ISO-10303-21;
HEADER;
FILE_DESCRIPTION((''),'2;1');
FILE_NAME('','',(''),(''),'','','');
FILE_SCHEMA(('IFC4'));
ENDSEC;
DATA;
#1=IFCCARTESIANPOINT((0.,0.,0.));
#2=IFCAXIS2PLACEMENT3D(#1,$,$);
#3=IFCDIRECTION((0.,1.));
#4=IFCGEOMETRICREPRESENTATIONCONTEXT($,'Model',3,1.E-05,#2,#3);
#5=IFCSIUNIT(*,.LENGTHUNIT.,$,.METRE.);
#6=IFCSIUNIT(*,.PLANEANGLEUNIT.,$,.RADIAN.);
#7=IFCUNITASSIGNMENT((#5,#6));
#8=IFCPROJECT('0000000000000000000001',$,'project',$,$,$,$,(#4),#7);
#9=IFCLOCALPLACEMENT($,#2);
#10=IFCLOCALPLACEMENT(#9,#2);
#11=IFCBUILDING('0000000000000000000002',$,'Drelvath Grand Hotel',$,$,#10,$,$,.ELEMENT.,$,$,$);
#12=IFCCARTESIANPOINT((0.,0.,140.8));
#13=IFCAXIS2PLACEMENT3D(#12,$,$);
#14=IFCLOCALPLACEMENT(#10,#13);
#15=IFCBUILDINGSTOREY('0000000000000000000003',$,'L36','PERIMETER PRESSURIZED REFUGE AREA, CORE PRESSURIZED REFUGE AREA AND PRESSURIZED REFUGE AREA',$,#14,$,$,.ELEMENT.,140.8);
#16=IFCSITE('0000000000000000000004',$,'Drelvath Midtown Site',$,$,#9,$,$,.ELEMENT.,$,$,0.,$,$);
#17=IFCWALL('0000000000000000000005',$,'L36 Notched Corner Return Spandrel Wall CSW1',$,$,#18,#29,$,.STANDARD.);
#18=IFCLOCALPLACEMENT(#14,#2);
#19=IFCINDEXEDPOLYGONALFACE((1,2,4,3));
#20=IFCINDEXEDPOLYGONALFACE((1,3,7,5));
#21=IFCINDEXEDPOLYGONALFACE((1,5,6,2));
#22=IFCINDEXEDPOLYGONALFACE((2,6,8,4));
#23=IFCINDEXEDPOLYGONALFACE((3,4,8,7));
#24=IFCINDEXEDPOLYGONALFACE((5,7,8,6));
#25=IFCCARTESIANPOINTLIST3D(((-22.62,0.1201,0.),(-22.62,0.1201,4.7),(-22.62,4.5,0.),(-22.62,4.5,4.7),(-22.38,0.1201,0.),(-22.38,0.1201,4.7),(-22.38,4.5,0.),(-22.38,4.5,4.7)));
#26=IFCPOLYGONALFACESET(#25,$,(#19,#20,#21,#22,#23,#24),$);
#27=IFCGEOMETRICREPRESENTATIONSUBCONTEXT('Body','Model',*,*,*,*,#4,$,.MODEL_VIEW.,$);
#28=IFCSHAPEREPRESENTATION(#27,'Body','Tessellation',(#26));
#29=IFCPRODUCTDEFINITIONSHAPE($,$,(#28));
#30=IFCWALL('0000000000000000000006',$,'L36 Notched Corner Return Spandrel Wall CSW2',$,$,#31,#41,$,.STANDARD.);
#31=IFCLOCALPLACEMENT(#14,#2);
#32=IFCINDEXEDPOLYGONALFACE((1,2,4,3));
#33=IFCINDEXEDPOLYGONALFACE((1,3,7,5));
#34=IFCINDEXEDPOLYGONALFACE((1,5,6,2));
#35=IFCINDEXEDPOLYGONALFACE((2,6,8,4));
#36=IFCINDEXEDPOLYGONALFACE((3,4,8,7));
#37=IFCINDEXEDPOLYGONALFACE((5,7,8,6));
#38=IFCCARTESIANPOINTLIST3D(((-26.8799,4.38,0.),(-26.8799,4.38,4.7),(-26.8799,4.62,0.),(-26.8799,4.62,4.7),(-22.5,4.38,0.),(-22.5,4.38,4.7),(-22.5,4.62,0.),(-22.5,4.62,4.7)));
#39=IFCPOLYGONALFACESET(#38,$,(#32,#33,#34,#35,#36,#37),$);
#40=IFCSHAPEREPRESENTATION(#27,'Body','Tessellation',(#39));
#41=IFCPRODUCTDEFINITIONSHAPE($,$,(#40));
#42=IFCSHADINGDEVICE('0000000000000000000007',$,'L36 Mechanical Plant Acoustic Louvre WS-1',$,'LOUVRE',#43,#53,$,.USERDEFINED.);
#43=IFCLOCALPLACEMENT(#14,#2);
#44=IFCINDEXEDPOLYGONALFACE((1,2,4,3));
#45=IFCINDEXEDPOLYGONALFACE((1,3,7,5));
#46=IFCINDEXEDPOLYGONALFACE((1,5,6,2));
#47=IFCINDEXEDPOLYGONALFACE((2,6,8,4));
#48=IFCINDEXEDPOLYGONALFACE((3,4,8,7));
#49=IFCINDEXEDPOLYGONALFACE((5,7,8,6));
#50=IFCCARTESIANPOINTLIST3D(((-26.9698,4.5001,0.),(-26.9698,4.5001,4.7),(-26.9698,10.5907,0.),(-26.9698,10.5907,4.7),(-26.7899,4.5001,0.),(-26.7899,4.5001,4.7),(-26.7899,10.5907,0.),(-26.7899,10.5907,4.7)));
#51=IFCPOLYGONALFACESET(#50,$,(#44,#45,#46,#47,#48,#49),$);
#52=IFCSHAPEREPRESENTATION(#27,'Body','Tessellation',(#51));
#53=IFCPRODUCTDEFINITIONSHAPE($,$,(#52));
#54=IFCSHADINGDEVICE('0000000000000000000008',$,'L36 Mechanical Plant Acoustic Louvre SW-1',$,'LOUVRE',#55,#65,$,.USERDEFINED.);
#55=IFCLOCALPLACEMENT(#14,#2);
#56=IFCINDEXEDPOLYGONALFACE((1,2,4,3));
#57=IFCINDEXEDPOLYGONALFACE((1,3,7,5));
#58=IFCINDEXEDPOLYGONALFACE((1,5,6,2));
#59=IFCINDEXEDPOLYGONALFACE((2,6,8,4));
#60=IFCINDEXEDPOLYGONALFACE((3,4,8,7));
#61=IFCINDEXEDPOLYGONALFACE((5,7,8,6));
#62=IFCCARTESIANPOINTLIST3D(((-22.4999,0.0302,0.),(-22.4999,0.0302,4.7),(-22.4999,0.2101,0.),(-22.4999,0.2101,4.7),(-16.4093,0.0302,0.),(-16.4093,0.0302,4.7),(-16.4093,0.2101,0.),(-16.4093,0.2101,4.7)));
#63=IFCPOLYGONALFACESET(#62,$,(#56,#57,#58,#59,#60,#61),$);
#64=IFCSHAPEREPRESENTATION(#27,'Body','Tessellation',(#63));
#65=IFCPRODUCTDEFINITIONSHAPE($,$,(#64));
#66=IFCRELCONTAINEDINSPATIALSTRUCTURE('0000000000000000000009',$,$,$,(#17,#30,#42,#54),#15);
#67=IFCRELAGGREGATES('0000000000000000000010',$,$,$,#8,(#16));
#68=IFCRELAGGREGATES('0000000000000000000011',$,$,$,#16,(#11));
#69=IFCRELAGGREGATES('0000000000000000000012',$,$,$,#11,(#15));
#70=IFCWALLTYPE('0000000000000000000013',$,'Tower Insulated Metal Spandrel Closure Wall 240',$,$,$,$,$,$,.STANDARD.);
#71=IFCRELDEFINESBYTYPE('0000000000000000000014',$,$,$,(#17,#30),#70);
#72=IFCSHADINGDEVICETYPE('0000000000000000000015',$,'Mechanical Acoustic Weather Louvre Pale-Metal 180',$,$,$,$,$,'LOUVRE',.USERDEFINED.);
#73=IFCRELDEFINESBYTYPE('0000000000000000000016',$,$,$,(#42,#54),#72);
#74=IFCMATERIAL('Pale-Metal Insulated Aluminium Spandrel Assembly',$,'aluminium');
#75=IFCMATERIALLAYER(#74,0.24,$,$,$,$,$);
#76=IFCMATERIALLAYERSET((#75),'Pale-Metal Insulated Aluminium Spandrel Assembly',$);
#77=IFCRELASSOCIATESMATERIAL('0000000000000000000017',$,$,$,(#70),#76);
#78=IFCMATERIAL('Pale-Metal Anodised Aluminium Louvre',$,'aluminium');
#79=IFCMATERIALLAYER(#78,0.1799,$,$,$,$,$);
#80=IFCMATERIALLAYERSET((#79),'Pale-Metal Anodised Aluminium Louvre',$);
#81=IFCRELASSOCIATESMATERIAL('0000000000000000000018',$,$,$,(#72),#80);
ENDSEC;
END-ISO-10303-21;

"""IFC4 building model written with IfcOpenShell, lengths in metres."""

from ifc_helpers import new_model, si_unit, direction, frame, frame_2d, origin, origin_2d, place, context, subcontext, project, spatial, rectangle, extrude, material, layer, layer_set, type_object, element, save


model = new_model("IFC4")

# Units and contexts
model_context = context("Model", 3, precision=1e-05, world=origin(), true_north=direction((0.0, 1.0)))
body_context = subcontext(model_context, "Body", "Model", "MODEL_VIEW")
ifc_project = project(units=[si_unit("LENGTHUNIT", "METRE"), si_unit("PLANEANGLEUNIT", "RADIAN")], contexts=[model_context])

# Site, building, storey
site_placement = place(None, origin())
site = spatial("IfcSite", under=ifc_project, at=site_placement, Name="Drelvath Midtown Site", CompositionType="ELEMENT", RefElevation=0.0)
building_placement = place(site_placement, origin())
building = spatial("IfcBuilding", under=site, at=building_placement, Name="Drelvath Grand Hotel", CompositionType="ELEMENT")
storey_placement = place(building_placement, frame((0.0, 0.0, 140.8)))
storey = spatial("IfcBuildingStorey", under=building, at=storey_placement, Name="L36", Description="PERIMETER PRESSURIZED REFUGE AREA, CORE PRESSURIZED REFUGE AREA AND PRESSURIZED REFUGE AREA", CompositionType="ELEMENT", Elevation=140.8)

# Walls
ifc_material_1 = material(Name="Pale-Metal Insulated Aluminium Spandrel Assembly", Category="aluminium")
ifc_layer_1 = layer(ifc_material_1, 0.24)
ifc_layer_set_1 = layer_set([ifc_layer_1], Name="Pale-Metal Insulated Aluminium Spandrel Assembly")
wall_type_1 = type_object("IfcWallType", Name="Tower Insulated Metal Spandrel Closure Wall 240", PredefinedType="STANDARD", material=ifc_layer_set_1)
for number, where, z_axis, x_axis, name in (
    (1, (-22.5, 0.1201, 0.0), (0.0, 0.0, 1.0), (0.0, 1.0, 0.0), "L36 Notched Corner Return Spandrel Wall CSW1"),
    (2, (-22.5, 4.5, 0.0), (0.0, 0.0, 1.0), (-1.0, 0.0, 0.0), "L36 Notched Corner Return Spandrel Wall CSW2"),
):
    element("IfcWall", number, at=place(storey_placement, frame(where, z_axis=z_axis, x_axis=x_axis)), inside=storey, type_object=wall_type_1, Name=name, PredefinedType="STANDARD", context=body_context, shape_type="SweptSolid", body=[
        extrude(rectangle(XDim=4.3799, YDim=0.24, at=frame_2d((2.1899, 0.0))), origin(), (0.0, 0.0, 1.0), 4.7),
    ])

# Shading devices
ifc_material_2 = material(Name="Pale-Metal Anodised Aluminium Louvre", Category="aluminium")
ifc_layer_2 = layer(ifc_material_2, 0.1799)
ifc_layer_set_2 = layer_set([ifc_layer_2], Name="Pale-Metal Anodised Aluminium Louvre")
shading_device_type = type_object("IfcShadingDeviceType", Name="Mechanical Acoustic Weather Louvre Pale-Metal 180", ElementType="LOUVRE", PredefinedType="USERDEFINED", material=ifc_layer_set_2)
for number, where, z_axis, x_axis, name in (
    (3, (-26.8799, 7.5454, 0.0), (0.0, 0.0, 1.0), (0.0, 1.0, 0.0), "L36 Mechanical Plant Acoustic Louvre WS-1"),
    (4, (-19.4546, 0.1201, 0.0), (0.0, 0.0, 1.0), (1.0, 0.0, 0.0), "L36 Mechanical Plant Acoustic Louvre SW-1"),
):
    element("IfcShadingDevice", number, at=place(storey_placement, frame(where, z_axis=z_axis, x_axis=x_axis)), inside=storey, type_object=shading_device_type, Name=name, ObjectType="LOUVRE", PredefinedType="USERDEFINED", context=body_context, shape_type="SweptSolid", body=[
        extrude(rectangle(XDim=6.0906, YDim=0.1799, at=origin_2d()), origin(), (0.0, 0.0, 1.0), 4.7),
    ])

save(model, "model.ifc")
